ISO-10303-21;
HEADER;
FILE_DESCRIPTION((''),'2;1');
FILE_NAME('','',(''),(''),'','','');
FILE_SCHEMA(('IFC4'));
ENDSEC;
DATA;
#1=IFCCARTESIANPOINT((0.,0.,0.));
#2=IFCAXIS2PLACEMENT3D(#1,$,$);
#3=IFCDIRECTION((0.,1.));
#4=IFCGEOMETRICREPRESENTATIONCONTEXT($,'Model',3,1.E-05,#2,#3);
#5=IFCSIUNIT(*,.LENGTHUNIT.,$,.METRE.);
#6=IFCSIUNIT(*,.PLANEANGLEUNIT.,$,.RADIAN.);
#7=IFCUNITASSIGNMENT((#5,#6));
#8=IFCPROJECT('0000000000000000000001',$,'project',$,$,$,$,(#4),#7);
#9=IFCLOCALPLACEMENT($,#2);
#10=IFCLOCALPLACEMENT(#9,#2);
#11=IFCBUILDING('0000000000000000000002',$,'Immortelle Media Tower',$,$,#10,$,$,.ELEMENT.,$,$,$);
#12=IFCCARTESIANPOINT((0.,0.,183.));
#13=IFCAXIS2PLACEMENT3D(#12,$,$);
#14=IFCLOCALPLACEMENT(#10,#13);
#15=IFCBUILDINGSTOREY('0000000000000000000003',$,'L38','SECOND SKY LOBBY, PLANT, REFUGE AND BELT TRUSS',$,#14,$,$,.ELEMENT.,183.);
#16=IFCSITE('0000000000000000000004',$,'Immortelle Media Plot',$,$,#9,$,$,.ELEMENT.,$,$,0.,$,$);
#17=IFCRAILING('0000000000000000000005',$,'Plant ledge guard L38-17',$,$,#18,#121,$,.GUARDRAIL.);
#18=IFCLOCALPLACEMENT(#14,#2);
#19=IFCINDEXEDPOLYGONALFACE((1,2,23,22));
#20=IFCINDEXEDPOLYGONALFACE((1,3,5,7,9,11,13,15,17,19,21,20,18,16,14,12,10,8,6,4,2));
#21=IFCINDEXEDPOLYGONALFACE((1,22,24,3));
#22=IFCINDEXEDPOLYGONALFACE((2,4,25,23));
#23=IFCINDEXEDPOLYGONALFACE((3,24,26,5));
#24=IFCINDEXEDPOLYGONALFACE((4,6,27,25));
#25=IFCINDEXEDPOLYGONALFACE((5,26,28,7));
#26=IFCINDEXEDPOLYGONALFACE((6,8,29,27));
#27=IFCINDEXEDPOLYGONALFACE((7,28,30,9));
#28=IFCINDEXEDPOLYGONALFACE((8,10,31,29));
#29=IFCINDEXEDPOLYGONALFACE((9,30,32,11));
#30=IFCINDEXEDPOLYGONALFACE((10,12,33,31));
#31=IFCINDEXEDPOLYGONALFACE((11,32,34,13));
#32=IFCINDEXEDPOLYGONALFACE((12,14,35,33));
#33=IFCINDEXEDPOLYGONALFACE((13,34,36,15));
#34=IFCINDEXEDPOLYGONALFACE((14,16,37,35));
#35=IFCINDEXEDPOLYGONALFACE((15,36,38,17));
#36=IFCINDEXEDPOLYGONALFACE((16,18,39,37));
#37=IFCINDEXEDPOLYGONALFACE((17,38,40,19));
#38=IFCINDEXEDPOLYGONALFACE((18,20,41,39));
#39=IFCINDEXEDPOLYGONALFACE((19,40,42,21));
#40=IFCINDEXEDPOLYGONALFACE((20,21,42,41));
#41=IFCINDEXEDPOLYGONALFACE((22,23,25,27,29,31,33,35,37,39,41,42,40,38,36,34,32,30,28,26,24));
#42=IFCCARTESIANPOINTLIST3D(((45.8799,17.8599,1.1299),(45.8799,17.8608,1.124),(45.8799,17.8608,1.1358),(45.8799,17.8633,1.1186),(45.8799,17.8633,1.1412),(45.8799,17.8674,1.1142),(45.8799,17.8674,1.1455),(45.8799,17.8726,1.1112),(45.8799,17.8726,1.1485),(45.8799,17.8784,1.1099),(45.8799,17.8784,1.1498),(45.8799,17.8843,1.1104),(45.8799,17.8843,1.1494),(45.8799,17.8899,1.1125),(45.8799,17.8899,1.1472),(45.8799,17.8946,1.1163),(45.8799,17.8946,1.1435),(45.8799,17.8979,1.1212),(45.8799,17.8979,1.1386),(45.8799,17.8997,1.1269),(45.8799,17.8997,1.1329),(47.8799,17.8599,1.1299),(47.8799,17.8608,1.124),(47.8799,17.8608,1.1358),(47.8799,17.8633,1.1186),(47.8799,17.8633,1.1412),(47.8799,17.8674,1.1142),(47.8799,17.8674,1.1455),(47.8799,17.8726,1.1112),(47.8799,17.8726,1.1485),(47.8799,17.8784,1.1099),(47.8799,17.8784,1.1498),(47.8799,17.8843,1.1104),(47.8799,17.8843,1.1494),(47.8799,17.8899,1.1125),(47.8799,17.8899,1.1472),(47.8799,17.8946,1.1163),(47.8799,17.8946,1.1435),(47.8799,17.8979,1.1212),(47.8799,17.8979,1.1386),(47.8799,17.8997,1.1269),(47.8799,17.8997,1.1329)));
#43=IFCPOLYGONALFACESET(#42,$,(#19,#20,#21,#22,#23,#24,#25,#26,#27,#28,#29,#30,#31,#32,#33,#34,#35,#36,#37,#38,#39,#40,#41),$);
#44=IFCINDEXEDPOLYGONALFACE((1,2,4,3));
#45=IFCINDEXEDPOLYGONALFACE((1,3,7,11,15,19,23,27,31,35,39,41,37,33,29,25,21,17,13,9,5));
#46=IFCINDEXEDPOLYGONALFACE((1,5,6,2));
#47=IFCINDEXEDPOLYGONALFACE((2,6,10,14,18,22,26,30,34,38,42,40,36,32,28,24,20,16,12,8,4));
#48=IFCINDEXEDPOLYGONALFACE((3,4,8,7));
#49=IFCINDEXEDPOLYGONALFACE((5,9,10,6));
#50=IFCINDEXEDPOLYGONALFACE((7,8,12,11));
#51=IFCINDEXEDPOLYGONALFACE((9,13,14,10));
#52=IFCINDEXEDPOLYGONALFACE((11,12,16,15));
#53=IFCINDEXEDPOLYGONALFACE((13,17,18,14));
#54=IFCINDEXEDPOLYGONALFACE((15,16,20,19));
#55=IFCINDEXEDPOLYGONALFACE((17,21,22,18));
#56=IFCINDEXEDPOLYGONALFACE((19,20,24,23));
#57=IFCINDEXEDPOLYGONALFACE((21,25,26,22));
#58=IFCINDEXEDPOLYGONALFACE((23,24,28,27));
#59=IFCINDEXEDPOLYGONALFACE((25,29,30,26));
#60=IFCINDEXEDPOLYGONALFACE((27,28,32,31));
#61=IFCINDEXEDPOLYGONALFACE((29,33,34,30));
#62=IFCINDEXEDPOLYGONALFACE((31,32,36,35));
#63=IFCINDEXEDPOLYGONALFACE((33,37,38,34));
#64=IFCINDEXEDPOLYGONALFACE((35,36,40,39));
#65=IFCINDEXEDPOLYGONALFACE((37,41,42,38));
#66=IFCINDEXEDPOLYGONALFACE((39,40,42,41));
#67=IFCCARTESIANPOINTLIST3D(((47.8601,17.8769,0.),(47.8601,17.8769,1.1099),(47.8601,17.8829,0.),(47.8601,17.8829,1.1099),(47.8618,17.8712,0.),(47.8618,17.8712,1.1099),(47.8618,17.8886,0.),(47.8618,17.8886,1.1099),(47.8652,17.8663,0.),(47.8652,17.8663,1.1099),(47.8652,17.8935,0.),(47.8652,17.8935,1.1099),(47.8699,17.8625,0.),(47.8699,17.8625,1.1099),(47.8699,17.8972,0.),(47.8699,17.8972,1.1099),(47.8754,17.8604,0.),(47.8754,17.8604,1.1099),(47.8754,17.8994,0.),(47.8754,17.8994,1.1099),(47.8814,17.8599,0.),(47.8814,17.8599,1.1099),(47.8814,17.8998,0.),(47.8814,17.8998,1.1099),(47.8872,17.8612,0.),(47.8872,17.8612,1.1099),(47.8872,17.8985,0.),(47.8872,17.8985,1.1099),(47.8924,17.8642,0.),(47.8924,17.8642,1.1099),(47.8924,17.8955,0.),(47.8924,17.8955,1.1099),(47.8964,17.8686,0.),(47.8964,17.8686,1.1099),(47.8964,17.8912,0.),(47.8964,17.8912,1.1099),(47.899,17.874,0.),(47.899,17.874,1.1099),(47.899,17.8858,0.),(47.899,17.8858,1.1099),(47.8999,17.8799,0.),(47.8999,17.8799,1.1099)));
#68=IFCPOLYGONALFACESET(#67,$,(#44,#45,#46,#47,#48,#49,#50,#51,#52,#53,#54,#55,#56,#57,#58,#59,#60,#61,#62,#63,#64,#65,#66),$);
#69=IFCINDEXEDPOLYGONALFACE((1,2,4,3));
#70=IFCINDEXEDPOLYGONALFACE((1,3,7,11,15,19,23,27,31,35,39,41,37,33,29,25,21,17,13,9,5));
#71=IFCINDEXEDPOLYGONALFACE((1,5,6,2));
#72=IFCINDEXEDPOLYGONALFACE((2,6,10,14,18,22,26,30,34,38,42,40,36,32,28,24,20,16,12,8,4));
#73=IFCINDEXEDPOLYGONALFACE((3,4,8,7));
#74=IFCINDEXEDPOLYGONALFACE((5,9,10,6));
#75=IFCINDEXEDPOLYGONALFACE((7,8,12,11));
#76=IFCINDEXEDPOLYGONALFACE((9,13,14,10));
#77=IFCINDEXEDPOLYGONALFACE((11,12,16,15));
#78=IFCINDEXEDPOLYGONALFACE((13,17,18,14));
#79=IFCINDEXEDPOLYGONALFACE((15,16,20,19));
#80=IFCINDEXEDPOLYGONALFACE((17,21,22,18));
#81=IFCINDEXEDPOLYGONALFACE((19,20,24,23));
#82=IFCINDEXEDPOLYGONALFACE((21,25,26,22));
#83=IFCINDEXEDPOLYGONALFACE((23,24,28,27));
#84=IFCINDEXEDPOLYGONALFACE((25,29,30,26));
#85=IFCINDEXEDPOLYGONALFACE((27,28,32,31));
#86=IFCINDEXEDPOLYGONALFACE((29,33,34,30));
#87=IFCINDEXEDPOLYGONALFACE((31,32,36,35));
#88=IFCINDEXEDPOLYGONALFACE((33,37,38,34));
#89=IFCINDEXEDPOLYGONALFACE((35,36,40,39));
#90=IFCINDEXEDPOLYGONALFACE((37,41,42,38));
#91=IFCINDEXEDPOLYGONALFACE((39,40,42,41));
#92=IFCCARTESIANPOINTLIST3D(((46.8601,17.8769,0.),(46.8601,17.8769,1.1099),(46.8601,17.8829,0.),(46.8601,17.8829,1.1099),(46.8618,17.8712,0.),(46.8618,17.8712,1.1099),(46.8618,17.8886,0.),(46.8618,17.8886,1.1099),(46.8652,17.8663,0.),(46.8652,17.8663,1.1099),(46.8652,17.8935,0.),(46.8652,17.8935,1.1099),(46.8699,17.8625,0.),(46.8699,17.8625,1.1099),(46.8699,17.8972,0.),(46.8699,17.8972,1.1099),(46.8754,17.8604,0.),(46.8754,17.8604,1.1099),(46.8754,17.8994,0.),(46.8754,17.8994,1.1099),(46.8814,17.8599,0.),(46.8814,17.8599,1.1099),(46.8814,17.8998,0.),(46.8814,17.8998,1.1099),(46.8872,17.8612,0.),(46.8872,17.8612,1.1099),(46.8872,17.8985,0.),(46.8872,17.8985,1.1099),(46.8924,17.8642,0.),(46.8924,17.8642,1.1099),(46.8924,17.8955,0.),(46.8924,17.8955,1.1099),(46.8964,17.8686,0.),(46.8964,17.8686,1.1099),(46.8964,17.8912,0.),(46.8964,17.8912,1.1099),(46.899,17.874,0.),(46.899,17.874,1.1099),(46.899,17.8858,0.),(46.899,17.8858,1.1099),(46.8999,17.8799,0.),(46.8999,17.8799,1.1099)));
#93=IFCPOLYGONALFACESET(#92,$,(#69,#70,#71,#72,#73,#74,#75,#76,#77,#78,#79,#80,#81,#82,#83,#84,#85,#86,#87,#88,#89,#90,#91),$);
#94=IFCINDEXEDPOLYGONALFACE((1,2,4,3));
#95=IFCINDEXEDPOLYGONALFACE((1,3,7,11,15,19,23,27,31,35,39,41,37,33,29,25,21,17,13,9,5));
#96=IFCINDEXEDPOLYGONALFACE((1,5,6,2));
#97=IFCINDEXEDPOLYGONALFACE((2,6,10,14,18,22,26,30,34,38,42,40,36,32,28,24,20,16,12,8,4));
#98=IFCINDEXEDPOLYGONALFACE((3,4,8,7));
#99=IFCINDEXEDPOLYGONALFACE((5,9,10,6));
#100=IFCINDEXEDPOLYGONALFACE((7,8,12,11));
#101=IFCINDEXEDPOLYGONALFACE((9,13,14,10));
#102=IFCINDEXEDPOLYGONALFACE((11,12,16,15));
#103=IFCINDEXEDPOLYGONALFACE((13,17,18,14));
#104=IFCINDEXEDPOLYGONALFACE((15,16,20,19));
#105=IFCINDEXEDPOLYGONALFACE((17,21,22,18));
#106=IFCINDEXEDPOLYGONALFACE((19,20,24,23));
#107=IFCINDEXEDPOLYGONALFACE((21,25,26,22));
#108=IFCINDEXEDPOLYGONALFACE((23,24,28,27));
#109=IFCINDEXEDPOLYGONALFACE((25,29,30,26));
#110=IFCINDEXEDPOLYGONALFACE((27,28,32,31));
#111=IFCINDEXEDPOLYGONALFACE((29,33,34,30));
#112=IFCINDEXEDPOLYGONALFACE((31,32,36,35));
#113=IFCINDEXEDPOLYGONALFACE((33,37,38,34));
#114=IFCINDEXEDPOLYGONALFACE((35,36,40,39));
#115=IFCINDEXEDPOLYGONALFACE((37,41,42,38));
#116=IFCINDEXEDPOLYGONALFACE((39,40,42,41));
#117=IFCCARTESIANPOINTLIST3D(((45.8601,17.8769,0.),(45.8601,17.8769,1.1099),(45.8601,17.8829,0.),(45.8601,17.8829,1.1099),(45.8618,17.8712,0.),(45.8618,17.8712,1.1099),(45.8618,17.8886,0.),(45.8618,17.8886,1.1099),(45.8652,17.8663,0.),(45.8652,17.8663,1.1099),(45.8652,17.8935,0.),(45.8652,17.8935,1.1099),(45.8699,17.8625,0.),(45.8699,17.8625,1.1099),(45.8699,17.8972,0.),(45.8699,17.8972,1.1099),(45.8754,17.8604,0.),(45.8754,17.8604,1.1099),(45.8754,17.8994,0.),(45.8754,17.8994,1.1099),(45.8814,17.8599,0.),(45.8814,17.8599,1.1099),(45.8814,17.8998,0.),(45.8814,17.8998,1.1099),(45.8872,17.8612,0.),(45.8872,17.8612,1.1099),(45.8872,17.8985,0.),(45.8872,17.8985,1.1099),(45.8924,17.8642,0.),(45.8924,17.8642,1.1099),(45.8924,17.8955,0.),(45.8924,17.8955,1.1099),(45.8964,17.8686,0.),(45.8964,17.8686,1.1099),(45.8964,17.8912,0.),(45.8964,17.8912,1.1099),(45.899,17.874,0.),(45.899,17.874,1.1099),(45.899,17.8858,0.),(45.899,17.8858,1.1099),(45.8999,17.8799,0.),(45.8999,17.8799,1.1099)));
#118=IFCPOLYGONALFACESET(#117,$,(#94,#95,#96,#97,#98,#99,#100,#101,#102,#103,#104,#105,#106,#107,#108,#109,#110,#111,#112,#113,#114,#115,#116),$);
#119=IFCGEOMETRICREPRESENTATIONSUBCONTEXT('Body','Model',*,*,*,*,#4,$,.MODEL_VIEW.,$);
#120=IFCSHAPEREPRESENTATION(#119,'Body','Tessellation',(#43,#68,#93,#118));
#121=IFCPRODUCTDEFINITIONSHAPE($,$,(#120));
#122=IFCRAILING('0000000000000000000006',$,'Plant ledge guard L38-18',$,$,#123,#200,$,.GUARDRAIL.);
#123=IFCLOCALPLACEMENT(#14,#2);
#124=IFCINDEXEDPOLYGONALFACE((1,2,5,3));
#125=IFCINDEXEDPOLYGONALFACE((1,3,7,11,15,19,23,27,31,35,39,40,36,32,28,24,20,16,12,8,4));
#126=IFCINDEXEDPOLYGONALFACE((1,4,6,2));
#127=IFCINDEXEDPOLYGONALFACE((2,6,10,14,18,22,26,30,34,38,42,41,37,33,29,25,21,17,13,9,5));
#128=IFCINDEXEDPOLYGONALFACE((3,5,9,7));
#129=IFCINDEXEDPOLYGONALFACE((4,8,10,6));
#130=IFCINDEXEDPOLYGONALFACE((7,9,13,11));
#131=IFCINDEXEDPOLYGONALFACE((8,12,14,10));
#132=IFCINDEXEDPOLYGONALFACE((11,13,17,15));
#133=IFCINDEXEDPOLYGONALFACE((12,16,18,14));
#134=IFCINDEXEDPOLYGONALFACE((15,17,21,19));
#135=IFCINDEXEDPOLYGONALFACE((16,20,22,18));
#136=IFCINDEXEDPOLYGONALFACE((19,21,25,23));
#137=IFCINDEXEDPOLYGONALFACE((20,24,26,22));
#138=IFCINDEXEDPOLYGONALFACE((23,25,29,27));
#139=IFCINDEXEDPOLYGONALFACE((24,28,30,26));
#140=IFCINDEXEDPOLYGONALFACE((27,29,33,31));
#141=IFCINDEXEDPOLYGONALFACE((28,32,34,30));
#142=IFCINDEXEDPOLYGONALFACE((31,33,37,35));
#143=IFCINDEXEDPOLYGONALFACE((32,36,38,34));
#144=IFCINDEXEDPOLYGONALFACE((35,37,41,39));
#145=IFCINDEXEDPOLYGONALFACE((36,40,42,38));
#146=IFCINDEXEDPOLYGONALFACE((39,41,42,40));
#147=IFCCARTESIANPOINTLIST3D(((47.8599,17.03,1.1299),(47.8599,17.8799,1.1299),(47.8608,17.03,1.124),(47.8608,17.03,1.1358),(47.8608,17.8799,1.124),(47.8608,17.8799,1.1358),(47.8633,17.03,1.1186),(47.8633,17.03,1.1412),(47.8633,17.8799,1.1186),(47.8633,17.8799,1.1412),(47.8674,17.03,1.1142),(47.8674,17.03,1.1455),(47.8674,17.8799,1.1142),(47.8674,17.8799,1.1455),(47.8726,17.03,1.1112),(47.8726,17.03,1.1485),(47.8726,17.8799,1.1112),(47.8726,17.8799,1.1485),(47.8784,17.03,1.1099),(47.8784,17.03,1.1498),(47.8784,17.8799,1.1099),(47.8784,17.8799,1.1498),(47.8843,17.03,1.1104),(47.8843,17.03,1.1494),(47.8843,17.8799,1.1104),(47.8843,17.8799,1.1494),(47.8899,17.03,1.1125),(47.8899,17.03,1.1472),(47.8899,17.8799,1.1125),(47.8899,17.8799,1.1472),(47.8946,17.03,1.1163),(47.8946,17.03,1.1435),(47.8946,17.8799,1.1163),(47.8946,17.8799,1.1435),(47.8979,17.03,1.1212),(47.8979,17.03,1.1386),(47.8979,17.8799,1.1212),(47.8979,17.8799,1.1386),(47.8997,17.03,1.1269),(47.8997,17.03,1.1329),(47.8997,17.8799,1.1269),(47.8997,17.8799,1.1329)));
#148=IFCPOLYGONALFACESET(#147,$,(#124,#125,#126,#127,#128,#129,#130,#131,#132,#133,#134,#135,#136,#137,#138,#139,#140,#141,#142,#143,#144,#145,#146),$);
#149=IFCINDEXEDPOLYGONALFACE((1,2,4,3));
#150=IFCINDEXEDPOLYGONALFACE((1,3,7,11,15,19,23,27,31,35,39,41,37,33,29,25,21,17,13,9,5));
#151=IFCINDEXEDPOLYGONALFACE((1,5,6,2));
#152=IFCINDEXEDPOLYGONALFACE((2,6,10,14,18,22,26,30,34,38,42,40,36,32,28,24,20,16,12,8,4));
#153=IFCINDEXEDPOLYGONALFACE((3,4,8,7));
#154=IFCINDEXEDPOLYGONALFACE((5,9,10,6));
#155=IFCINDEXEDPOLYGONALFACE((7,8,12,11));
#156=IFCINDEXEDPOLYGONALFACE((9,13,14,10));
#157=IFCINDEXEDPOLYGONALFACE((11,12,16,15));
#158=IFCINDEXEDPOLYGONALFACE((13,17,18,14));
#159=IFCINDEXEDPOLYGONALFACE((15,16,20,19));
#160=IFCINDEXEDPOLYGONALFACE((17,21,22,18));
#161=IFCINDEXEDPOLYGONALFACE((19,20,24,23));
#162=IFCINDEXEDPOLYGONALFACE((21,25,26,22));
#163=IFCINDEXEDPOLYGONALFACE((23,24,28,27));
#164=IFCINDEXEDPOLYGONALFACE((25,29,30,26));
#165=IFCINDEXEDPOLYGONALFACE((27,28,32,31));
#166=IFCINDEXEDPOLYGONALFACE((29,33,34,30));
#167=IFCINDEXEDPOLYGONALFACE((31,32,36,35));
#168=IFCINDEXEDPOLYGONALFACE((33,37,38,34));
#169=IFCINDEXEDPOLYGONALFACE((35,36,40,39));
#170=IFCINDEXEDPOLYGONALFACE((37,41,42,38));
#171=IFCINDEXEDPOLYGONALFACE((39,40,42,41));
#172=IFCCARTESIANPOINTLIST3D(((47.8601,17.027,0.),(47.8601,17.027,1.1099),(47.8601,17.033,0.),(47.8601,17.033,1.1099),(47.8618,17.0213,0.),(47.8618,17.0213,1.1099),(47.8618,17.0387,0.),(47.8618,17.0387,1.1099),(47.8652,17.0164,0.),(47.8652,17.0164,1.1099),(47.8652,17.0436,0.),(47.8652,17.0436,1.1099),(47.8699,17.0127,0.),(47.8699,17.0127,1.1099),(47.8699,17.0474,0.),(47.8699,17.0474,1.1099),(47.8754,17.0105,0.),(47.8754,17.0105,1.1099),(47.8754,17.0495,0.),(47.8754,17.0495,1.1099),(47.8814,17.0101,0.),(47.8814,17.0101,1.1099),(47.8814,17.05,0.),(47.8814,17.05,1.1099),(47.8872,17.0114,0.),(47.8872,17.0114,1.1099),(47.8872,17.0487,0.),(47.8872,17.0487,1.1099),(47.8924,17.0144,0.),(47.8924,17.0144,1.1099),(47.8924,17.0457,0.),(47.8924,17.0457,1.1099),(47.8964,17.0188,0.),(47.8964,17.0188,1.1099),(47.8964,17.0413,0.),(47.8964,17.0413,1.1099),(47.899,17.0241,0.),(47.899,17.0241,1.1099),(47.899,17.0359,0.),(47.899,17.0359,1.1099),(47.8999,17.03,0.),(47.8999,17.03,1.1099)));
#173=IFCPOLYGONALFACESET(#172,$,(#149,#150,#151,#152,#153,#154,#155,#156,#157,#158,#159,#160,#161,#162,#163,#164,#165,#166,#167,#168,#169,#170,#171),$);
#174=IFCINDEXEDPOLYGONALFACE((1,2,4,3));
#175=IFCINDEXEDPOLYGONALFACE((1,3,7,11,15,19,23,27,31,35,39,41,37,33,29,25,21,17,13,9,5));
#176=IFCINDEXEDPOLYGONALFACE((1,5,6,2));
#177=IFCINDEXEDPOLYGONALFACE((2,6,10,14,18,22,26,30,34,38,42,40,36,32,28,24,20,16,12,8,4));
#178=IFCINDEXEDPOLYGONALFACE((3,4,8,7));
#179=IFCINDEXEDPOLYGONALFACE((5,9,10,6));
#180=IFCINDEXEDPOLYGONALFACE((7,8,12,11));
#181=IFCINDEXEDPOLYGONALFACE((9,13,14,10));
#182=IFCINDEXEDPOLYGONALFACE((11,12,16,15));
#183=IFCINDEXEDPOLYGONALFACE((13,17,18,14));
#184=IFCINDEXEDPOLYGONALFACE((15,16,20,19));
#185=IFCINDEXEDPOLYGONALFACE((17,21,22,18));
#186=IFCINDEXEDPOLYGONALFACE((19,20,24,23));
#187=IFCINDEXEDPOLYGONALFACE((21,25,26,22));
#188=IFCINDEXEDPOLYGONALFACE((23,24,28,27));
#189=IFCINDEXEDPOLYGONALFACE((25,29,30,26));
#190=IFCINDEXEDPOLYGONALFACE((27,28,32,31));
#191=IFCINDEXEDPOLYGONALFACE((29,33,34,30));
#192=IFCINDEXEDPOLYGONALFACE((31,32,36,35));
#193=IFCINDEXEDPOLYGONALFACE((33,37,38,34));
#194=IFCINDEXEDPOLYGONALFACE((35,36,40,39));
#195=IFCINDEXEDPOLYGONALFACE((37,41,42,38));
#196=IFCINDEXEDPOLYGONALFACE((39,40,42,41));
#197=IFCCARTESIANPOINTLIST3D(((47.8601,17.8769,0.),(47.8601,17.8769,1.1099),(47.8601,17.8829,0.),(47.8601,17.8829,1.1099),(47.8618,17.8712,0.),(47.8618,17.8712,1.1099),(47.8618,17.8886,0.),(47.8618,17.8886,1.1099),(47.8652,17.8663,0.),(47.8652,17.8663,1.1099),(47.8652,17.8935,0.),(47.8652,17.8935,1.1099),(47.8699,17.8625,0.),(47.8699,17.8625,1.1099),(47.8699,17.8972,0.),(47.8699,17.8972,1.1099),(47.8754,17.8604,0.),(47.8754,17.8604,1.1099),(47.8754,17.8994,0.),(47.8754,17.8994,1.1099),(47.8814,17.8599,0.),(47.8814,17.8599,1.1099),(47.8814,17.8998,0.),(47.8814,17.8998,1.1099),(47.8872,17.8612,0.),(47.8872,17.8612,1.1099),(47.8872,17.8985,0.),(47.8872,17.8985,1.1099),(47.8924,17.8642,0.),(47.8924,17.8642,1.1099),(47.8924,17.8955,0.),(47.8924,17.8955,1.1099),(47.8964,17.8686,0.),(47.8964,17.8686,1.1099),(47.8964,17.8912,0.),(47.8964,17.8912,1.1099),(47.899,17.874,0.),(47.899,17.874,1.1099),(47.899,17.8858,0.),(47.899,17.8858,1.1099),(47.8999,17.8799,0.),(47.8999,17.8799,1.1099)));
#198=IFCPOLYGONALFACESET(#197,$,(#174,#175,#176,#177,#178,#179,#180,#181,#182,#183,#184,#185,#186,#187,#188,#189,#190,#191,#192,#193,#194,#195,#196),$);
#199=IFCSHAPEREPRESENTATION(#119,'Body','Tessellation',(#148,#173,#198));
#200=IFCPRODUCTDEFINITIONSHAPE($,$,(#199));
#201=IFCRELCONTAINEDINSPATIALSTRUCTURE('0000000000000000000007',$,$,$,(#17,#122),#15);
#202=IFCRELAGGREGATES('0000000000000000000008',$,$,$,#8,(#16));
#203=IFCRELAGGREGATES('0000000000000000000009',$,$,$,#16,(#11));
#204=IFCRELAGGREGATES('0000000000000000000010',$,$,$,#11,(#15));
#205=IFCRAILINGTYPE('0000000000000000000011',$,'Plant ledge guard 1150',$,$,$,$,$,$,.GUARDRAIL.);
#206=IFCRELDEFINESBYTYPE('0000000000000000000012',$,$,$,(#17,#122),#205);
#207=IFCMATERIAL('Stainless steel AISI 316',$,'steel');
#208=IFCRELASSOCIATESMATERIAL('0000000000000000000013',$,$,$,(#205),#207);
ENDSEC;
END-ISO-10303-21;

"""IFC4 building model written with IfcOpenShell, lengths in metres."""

from ifc_helpers import new_model, si_unit, direction, frame, origin, origin_2d, place, context, subcontext, project, spatial, circle, extrude, material, type_object, element, save


model = new_model("IFC4")

# Units and contexts
model_context = context("Model", 3, precision=1e-05, world=origin(), true_north=direction((0.0, 1.0)))
body_context = subcontext(model_context, "Body", "Model", "MODEL_VIEW")
ifc_project = project(units=[si_unit("LENGTHUNIT", "METRE"), si_unit("PLANEANGLEUNIT", "RADIAN")], contexts=[model_context])

# Site, building, storey
site_placement = place(None, origin())
site = spatial("IfcSite", under=ifc_project, at=site_placement, Name="Immortelle Media Plot", CompositionType="ELEMENT", RefElevation=0.0)
building_placement = place(site_placement, origin())
building = spatial("IfcBuilding", under=site, at=building_placement, Name="Immortelle Media Tower", CompositionType="ELEMENT")
storey_placement = place(building_placement, frame((0.0, 0.0, 183.0)))
storey = spatial("IfcBuildingStorey", under=building, at=storey_placement, Name="L38", Description="SECOND SKY LOBBY, PLANT, REFUGE AND BELT TRUSS", CompositionType="ELEMENT", Elevation=183.0)

# Railings
ifc_material_1 = material(Name="Stainless steel AISI 316", Category="steel")
railing_type = type_object("IfcRailingType", Name="Plant ledge guard 1150", PredefinedType="GUARDRAIL", material=ifc_material_1)
railing_1_placement = place(storey_placement, frame((47.8799, 17.8799, 0.0)))
element("IfcRailing", 1, at=railing_1_placement, inside=storey, type_object=railing_type, Name="Plant ledge guard L38-17", PredefinedType="GUARDRAIL", context=body_context, shape_type="SweptSolid", body=[
    extrude(circle(Radius=0.02, at=origin_2d()), frame((0.0, 0.0, 1.1299), z_axis=(-1.0, 0.0, 0.0), x_axis=(0.0, -1.0, 0.0)), (0.0, 0.0, 1.0), 2.0),
    extrude(circle(Radius=0.02, at=origin_2d()), origin(), (0.0, 0.0, 1.0), 1.1099),
    extrude(circle(Radius=0.02, at=origin_2d()), frame((-1.0, 0.0, 0.0)), (0.0, 0.0, 1.0), 1.1099),
    extrude(circle(Radius=0.02, at=origin_2d()), frame((-2.0, 0.0, 0.0)), (0.0, 0.0, 1.0), 1.1099),
])
railing_2_placement = place(storey_placement, frame((47.8799, 17.03, 0.0)))
element("IfcRailing", 2, at=railing_2_placement, inside=storey, type_object=railing_type, Name="Plant ledge guard L38-18", PredefinedType="GUARDRAIL", context=body_context, shape_type="SweptSolid", body=[
    extrude(circle(Radius=0.02, at=origin_2d()), frame((0.0, 0.0, 1.1299), z_axis=(0.0, 1.0, 0.0), x_axis=(-1.0, 0.0, 0.0)), (0.0, 0.0, 1.0), 0.8499),
    extrude(circle(Radius=0.02, at=origin_2d()), origin(), (0.0, 0.0, 1.0), 1.1099),
    extrude(circle(Radius=0.02, at=origin_2d()), frame((0.0, 0.8499, 0.0)), (0.0, 0.0, 1.0), 1.1099),
])

save(model, "model.ifc")
